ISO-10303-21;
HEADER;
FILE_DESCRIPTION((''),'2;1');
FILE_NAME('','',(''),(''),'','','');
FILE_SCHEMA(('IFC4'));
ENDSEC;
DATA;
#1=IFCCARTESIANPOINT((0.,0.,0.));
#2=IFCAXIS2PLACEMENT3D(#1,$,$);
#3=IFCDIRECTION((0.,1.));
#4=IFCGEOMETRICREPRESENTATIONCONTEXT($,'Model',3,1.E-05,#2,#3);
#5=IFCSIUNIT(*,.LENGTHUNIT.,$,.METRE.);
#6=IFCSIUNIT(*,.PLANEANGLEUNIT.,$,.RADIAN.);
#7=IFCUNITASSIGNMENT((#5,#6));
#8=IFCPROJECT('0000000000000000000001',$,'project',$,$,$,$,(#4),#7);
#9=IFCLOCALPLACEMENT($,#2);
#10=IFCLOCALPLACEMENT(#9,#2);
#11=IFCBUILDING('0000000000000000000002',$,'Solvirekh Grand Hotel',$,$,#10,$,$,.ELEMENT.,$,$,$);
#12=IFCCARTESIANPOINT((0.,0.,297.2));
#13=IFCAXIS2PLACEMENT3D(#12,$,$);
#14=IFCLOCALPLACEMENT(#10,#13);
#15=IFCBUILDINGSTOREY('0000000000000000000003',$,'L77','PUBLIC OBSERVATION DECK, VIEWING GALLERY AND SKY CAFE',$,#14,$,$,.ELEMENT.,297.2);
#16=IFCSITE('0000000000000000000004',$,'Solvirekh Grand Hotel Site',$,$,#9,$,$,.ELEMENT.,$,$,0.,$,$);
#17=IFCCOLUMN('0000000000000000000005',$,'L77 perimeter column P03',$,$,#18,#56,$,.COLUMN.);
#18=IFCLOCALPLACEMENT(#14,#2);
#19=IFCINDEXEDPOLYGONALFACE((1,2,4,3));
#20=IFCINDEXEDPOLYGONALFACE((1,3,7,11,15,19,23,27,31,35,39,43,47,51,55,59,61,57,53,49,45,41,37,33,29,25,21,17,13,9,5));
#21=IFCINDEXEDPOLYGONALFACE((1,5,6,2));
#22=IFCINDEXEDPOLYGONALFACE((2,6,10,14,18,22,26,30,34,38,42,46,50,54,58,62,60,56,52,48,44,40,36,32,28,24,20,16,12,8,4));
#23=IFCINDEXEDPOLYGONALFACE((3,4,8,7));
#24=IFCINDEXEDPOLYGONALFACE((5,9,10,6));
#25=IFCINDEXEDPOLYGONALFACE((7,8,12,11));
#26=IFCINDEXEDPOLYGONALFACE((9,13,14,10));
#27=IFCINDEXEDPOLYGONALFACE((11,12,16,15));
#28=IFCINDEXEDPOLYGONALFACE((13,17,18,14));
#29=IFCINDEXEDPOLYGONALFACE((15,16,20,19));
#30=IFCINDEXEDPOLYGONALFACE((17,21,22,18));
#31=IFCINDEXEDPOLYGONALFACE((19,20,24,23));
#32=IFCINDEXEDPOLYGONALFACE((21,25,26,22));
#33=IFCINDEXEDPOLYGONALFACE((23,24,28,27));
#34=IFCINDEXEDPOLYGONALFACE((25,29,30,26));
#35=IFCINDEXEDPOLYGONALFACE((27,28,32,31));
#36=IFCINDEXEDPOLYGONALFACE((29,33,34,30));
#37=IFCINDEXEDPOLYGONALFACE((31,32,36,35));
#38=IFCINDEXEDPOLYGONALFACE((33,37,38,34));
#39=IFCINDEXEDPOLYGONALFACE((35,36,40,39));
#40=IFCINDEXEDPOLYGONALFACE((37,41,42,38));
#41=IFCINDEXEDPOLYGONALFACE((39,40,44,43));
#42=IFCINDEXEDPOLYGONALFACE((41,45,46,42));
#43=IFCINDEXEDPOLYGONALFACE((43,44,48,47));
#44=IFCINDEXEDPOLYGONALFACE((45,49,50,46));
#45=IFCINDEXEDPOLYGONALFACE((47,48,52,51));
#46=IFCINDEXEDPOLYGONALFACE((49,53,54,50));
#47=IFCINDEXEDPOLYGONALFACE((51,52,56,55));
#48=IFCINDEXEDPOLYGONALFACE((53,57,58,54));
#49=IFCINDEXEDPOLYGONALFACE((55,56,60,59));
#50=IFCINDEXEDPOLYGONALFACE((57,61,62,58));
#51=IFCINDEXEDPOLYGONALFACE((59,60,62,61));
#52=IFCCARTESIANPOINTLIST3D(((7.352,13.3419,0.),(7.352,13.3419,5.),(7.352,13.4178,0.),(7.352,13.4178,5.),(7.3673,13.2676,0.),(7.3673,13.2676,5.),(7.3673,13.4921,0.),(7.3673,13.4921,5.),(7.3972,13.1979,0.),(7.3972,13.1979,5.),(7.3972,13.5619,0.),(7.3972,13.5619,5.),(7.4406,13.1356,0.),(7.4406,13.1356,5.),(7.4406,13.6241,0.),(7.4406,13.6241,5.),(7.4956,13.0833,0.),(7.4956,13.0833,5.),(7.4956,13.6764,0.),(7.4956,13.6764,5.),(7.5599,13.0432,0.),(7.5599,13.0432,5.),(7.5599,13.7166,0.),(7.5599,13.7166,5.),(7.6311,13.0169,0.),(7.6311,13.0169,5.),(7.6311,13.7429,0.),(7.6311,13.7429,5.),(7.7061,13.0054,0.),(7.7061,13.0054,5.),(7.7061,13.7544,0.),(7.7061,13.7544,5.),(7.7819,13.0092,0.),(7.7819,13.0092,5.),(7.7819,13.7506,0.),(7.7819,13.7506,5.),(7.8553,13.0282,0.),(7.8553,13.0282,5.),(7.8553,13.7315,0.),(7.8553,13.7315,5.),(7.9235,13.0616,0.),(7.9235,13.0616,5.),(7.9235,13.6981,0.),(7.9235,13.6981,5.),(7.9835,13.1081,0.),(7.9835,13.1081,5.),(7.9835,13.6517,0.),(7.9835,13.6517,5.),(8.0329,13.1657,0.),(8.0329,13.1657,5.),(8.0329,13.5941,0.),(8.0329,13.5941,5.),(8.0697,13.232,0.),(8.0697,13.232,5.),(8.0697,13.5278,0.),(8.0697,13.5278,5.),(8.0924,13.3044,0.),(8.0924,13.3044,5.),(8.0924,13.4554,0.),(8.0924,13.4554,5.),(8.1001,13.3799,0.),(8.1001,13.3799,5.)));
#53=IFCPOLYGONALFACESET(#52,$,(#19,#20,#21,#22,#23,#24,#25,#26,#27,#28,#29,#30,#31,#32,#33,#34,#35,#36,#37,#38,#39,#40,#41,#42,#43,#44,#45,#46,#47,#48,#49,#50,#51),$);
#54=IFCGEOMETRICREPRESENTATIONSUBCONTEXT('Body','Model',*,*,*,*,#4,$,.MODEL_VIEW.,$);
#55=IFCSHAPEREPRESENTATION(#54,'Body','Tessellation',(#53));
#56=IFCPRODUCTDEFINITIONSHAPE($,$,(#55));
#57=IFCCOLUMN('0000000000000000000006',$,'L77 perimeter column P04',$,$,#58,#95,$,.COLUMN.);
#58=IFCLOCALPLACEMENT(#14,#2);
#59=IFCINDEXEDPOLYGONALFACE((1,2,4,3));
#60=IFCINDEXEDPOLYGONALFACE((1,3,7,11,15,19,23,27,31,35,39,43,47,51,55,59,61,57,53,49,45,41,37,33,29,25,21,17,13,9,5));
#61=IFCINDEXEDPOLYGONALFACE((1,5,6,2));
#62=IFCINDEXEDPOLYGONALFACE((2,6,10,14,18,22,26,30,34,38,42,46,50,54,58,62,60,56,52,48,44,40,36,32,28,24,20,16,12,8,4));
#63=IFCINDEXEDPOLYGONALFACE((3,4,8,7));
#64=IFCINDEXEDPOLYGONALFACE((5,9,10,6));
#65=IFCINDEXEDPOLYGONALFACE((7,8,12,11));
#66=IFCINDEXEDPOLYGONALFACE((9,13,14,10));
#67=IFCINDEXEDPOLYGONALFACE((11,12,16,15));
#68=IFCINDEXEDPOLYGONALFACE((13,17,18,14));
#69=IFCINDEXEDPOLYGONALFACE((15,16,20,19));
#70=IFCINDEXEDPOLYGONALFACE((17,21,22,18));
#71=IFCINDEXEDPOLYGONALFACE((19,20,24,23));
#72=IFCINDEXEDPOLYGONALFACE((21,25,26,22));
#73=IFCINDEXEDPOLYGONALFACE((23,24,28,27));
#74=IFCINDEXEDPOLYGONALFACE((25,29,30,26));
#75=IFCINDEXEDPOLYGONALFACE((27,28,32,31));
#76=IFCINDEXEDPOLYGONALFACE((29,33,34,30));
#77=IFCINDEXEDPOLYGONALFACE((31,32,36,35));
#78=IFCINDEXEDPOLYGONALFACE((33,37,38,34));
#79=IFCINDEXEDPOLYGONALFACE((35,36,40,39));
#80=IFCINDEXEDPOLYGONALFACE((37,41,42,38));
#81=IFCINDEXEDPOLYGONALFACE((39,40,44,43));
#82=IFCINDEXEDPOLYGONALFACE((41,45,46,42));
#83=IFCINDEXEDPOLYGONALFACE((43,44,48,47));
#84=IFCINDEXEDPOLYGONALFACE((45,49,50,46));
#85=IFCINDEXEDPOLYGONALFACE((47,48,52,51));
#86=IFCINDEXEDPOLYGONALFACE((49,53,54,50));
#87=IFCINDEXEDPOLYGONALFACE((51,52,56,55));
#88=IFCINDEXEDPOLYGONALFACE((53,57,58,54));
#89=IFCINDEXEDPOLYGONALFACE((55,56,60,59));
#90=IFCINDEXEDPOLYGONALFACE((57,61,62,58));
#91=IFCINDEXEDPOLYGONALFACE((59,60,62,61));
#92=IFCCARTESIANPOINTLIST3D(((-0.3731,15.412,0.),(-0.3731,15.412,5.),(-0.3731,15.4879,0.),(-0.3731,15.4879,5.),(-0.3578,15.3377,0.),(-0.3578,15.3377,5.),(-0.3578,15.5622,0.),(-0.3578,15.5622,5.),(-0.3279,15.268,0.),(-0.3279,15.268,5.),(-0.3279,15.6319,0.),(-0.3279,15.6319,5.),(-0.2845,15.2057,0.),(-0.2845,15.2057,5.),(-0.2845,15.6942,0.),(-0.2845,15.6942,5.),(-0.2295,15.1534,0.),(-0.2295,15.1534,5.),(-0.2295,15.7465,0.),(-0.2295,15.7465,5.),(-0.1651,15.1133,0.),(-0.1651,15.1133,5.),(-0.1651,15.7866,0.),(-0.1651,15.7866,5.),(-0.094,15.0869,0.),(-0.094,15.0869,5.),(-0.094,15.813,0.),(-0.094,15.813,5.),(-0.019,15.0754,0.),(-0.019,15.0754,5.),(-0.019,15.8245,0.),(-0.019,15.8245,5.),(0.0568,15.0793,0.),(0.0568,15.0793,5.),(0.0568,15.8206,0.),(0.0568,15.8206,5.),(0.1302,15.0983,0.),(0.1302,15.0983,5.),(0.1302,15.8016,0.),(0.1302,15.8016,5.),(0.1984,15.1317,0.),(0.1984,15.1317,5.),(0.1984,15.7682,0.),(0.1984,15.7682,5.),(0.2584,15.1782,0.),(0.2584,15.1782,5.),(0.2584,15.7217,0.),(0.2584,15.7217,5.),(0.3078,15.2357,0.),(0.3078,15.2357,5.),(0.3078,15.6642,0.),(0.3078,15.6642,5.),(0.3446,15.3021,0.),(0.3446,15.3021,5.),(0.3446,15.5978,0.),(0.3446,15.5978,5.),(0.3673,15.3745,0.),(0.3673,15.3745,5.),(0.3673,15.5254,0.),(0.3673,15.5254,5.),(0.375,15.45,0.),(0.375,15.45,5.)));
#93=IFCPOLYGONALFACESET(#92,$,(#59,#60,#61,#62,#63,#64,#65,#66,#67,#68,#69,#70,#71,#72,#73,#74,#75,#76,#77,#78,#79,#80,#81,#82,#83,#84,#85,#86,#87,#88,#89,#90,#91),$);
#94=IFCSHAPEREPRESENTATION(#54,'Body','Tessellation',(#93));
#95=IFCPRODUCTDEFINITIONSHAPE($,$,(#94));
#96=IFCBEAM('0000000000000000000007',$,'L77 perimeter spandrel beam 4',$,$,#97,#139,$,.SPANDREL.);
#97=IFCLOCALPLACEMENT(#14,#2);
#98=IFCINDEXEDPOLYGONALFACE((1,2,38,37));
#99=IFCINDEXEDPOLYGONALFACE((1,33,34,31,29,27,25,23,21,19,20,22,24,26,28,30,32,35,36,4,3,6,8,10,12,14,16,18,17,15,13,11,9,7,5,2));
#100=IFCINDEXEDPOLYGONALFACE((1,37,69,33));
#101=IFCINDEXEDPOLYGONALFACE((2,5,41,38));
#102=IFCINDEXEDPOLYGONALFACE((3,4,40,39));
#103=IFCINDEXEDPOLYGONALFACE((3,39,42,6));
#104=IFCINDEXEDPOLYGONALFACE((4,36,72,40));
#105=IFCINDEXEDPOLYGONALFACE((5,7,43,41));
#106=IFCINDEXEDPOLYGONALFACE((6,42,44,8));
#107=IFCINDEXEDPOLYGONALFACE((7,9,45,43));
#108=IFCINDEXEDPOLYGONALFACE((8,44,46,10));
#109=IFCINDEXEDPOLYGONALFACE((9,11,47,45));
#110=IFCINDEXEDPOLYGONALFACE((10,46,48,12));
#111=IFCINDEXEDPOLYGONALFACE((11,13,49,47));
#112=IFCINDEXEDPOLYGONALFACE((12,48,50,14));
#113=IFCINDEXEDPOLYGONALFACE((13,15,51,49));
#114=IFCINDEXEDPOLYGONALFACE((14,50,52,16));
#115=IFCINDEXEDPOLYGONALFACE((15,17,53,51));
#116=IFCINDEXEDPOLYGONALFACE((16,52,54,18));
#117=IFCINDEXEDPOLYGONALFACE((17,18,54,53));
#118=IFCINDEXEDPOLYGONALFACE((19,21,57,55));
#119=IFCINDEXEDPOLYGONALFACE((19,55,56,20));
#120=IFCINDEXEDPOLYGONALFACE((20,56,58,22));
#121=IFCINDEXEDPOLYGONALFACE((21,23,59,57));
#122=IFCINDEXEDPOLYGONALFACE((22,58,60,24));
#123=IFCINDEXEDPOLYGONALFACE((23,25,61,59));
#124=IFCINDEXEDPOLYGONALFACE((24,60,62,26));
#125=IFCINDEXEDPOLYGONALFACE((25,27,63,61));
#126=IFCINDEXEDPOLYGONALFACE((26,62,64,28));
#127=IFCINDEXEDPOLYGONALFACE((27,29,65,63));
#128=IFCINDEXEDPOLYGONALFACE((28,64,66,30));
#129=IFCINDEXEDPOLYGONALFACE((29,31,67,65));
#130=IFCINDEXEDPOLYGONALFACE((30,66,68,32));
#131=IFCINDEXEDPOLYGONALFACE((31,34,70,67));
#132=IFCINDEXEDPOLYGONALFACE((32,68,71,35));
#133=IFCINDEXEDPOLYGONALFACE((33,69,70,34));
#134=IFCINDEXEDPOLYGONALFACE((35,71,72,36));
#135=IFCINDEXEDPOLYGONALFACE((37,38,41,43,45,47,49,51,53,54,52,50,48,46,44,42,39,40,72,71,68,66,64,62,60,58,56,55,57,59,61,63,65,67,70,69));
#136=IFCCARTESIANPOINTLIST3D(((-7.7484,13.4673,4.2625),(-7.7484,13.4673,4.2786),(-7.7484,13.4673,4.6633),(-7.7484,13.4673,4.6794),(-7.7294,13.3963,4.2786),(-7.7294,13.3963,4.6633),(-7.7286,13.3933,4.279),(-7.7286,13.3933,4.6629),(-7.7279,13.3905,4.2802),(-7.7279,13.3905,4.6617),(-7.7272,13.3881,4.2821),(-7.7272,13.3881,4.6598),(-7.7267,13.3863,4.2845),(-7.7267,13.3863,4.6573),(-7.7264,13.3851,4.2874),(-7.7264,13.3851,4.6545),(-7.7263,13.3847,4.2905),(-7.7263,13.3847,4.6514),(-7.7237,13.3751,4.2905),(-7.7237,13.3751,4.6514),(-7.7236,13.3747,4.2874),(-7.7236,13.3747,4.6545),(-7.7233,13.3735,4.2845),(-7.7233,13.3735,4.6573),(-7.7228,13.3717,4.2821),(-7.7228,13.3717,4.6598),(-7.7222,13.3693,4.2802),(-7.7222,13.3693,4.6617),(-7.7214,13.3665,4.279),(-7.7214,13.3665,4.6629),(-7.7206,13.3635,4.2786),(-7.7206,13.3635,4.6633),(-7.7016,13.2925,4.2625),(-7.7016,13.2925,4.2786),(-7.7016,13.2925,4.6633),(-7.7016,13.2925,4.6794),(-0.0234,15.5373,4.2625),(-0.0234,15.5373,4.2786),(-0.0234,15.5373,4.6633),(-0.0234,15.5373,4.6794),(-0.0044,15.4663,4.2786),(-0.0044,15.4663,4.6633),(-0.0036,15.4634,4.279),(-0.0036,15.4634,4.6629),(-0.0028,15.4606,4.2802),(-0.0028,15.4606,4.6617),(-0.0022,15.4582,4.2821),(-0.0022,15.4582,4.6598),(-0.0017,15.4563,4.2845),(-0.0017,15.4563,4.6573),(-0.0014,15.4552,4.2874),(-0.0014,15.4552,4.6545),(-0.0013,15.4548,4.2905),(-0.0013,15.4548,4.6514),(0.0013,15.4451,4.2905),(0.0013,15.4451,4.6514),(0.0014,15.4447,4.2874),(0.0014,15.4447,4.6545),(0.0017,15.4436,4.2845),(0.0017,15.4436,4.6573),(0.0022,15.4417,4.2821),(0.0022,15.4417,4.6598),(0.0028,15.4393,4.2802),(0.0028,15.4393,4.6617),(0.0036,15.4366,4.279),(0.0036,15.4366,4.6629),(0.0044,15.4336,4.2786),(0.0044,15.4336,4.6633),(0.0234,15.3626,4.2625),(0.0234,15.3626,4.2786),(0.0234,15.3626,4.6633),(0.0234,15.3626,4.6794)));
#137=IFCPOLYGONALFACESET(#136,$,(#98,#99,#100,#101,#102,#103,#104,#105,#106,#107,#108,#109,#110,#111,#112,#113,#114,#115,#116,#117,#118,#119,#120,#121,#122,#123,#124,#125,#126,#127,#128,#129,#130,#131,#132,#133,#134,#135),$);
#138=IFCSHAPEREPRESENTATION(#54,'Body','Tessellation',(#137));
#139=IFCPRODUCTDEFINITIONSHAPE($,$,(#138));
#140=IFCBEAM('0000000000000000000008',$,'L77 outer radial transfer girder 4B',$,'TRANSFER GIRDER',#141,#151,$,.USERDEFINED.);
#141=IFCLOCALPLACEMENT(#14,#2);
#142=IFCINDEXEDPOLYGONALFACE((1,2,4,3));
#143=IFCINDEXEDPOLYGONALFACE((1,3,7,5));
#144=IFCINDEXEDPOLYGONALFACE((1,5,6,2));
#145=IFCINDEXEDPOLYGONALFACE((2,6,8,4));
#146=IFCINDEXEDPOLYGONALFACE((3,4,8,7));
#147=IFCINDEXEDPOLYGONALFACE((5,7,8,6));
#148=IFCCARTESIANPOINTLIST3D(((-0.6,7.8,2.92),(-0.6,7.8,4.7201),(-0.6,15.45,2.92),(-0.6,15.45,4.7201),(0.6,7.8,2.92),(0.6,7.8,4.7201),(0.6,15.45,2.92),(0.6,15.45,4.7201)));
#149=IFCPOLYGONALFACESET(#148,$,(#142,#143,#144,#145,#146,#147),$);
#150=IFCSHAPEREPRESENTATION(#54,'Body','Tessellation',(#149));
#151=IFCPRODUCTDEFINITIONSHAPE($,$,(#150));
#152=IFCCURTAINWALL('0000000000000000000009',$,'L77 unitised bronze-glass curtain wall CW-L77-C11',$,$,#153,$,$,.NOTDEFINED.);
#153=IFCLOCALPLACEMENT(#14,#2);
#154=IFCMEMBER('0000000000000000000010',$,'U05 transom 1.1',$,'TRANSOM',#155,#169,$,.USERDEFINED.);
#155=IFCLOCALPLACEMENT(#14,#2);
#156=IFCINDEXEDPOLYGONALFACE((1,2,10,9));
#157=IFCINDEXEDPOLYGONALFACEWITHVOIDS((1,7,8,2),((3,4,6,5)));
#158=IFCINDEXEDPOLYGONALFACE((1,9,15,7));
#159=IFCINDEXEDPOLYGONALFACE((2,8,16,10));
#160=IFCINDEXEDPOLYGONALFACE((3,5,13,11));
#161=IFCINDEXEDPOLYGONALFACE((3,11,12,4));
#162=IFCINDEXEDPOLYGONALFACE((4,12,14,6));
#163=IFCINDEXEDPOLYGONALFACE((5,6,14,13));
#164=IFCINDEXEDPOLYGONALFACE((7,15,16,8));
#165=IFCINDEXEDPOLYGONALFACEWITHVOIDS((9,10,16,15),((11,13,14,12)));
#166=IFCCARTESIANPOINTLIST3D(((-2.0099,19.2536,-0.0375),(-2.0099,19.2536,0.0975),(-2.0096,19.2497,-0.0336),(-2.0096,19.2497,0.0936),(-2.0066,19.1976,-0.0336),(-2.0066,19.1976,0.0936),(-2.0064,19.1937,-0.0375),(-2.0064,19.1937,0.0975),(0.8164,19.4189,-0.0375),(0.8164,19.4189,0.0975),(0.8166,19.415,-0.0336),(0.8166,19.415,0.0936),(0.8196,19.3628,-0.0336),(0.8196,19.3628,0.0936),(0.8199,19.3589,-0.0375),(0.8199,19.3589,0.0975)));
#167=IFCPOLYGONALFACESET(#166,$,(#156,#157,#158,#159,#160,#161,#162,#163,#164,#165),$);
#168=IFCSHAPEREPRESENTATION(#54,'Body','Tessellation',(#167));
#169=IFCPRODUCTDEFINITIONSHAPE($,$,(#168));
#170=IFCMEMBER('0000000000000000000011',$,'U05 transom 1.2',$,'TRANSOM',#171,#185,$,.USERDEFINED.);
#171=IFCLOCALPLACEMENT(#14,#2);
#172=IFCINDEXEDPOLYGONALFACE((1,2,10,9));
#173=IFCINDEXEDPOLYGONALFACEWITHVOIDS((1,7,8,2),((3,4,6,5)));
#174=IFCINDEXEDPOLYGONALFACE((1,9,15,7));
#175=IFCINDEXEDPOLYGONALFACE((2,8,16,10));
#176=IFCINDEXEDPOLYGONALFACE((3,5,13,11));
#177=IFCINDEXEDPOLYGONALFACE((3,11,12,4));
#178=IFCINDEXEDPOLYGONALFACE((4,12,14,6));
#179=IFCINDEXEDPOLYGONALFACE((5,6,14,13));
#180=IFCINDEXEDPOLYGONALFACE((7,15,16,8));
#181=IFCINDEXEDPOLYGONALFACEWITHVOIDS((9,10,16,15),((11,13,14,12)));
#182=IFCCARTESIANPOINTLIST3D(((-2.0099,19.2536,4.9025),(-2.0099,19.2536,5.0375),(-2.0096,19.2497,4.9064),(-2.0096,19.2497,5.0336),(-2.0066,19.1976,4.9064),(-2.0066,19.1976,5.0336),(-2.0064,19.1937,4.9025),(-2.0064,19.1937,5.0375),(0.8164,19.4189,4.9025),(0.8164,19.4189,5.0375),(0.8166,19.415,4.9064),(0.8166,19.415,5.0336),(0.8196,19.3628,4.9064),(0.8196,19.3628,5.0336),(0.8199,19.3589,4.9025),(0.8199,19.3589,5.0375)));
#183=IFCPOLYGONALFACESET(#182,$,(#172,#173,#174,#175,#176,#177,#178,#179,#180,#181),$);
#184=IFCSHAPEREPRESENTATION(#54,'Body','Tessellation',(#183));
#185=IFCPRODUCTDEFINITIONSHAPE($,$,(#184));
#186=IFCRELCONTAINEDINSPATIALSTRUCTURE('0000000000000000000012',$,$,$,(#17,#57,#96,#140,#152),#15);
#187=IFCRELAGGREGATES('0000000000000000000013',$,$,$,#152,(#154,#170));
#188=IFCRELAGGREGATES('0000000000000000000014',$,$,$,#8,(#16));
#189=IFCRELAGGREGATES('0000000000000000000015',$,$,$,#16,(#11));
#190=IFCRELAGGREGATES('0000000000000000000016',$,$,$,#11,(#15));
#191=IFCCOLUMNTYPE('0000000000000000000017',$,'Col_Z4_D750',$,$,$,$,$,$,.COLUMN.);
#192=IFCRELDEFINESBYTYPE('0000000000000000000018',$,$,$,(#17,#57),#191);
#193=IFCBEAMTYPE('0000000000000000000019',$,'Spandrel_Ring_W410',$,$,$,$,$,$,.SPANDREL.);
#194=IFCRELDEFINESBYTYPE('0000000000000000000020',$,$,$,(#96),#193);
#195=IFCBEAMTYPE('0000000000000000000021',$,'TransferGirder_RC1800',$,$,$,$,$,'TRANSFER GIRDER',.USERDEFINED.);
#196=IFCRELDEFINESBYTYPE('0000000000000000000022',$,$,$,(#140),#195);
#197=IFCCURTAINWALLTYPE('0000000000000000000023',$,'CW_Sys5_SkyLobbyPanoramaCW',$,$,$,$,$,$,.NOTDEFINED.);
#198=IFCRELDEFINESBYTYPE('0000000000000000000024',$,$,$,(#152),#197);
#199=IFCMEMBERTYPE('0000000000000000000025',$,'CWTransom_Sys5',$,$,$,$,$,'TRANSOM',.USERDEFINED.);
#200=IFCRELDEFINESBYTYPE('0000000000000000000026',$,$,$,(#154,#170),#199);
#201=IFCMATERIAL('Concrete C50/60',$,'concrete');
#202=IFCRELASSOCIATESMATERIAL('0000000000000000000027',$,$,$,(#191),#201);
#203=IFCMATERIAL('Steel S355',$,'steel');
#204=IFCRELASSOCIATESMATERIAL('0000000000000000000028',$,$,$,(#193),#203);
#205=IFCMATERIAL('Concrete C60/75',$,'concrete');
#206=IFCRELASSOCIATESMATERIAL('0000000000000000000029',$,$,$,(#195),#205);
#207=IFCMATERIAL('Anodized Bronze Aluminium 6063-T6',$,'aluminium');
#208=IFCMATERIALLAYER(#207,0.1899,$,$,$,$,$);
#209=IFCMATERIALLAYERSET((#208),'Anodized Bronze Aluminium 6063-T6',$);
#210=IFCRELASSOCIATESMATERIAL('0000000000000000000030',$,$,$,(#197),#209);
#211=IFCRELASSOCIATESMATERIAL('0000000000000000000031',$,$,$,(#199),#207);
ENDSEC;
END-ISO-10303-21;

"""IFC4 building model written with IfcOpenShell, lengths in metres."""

from ifc_helpers import new_model, si_unit, direction, frame, origin, origin_2d, place, context, subcontext, project, spatial, rectangle, hollow_rectangle, circle, i_section, extrude, source, transform, mapped, material, layer, layer_set, material_profile, profile_set, type_object, element, aggregate, save


model = new_model("IFC4")

# Units and contexts
model_context = context("Model", 3, precision=1e-05, world=origin(), true_north=direction((0.0, 1.0)))
body_context = subcontext(model_context, "Body", "Model", "MODEL_VIEW")
ifc_project = project(units=[si_unit("LENGTHUNIT", "METRE"), si_unit("PLANEANGLEUNIT", "RADIAN")], contexts=[model_context])

# Site, building, storey
site_placement = place(None, origin())
site = spatial("IfcSite", under=ifc_project, at=site_placement, Name="Solvirekh Grand Hotel Site", CompositionType="ELEMENT", RefElevation=0.0)
building_placement = place(site_placement, origin())
building = spatial("IfcBuilding", under=site, at=building_placement, Name="Solvirekh Grand Hotel", CompositionType="ELEMENT")
storey_placement = place(building_placement, frame((0.0, 0.0, 297.2)))
storey = spatial("IfcBuildingStorey", under=building, at=storey_placement, Name="L77", Description="PUBLIC OBSERVATION DECK, VIEWING GALLERY AND SKY CAFE", CompositionType="ELEMENT", Elevation=297.2)

# Columns
ifc_material_1 = material(Name="Concrete C50/60", Category="concrete")
ifc_material_profile_1 = material_profile(ifc_material_1, circle(Radius=0.375, at=origin_2d()), Name="RC CIRC D750")
ifc_profile_set_1 = profile_set([ifc_material_profile_1], Name="Concrete C50/60")
column_type = type_object("IfcColumnType", Name="Col_Z4_D750", PredefinedType="COLUMN", material=ifc_profile_set_1)
for number, where, z_axis, x_axis, name in (
    (1, (7.7251, 13.3799, 0.0), (0.0, 0.0, 1.0), (1.0, 0.0, 0.0), "L77 perimeter column P03"),
    (2, (0.0, 15.45, 0.0), (0.0, 0.0, 1.0), (1.0, 0.0, 0.0), "L77 perimeter column P04"),
):
    element("IfcColumn", number, at=place(storey_placement, frame(where, z_axis=z_axis, x_axis=x_axis)), inside=storey, type_object=column_type, Name=name, PredefinedType="COLUMN", context=body_context, shape_type="SweptSolid", body=[
        extrude(circle(Radius=0.375, at=origin_2d()), origin(), (0.0, 0.0, 1.0), 5.0),
    ])

# Beams
ifc_material_2 = material(Name="Steel S355", Category="steel")
ifc_material_profile_2 = material_profile(ifc_material_2, i_section(OverallWidth=0.1809, OverallDepth=0.417, WebThickness=0.01, FlangeThickness=0.0161, FilletRadius=0.012, at=origin_2d()), Name="W410X85")
ifc_profile_set_2 = profile_set([ifc_material_profile_2], Name="Steel S355")
beam_type_1 = type_object("IfcBeamType", Name="Spandrel_Ring_W410", PredefinedType="SPANDREL", material=ifc_profile_set_2)
beam_1_placement = place(storey_placement, frame((0.0, 15.45, 4.4709), z_axis=(-0.965922, -0.258835, 0.0), x_axis=(0.258835, -0.965922, 0.0)))
element("IfcBeam", 3, at=beam_1_placement, inside=storey, type_object=beam_type_1, Name="L77 perimeter spandrel beam 4", PredefinedType="SPANDREL", context=body_context, shape_type="SweptSolid", body=[
    extrude(i_section(OverallWidth=0.1809, OverallDepth=0.417, WebThickness=0.01, FlangeThickness=0.0161, FilletRadius=0.012, at=origin_2d()), origin(), (0.0, 0.0, 1.0), 7.9976),
])
ifc_material_3 = material(Name="Concrete C60/75", Category="concrete")
ifc_material_profile_3 = material_profile(ifc_material_3, rectangle(XDim=1.2, YDim=1.8, at=origin_2d()), Name="RC GIRDER 1200X1800")
ifc_profile_set_3 = profile_set([ifc_material_profile_3], Name="Concrete C60/75")
beam_type_2 = type_object("IfcBeamType", Name="TransferGirder_RC1800", ElementType="TRANSFER GIRDER", PredefinedType="USERDEFINED", material=ifc_profile_set_3)
beam_2_placement = place(storey_placement, frame((0.0, 7.8, 3.8201), z_axis=(0.0, 1.0, 0.0), x_axis=(-1.0, 0.0, 0.0)))
element("IfcBeam", 4, at=beam_2_placement, inside=storey, type_object=beam_type_2, Name="L77 outer radial transfer girder 4B", ObjectType="TRANSFER GIRDER", PredefinedType="USERDEFINED", context=body_context, shape_type="SweptSolid", body=[
    extrude(rectangle(XDim=1.2, YDim=1.8, at=origin_2d()), origin(), (0.0, 0.0, 1.0), 7.6499),
])

# Curtain wall, members
ifc_material_4 = material(Name="Anodized Bronze Aluminium 6063-T6", Category="aluminium")
ifc_layer_1 = layer(ifc_material_4, 0.1899)
ifc_layer_set_1 = layer_set([ifc_layer_1], Name="Anodized Bronze Aluminium 6063-T6")
curtain_wall_type = type_object("IfcCurtainWallType", Name="CW_Sys5_SkyLobbyPanoramaCW", PredefinedType="NOTDEFINED", material=ifc_layer_set_1)
curtain_wall_1_placement = place(storey_placement, origin())
curtain_wall_1 = element("IfcCurtainWall", 5, at=curtain_wall_1_placement, inside=storey, type_object=curtain_wall_type, Name="L77 unitised bronze-glass curtain wall CW-L77-C11", PredefinedType="NOTDEFINED")
ifc_material_profile_4 = material_profile(ifc_material_4, hollow_rectangle(XDim=0.0601, YDim=0.135, WallThickness=0.0039, at=origin_2d()), Name="ALU RHS 135X60X4")
ifc_profile_set_4 = profile_set([ifc_material_profile_4], Name="Anodized Bronze Aluminium 6063-T6")
member_type_1 = type_object("IfcMemberType", Name="CWTransom_Sys5", ElementType="TRANSOM", PredefinedType="USERDEFINED", material=ifc_profile_set_4)
shared_shape_1 = source(origin(), body_context, "Body", "SweptSolid", [
    extrude(hollow_rectangle(XDim=0.0601, YDim=0.135, WallThickness=0.0039, at=origin_2d()), origin(), (0.0, 0.0, 1.0), 2.8311),
])
member_1_placement = place(storey_placement, frame((0.8181, 19.3889, 0.03), z_axis=(-0.998294, -0.058383, 0.0), x_axis=(0.058383, -0.998294, 0.0)))
member_1 = element("IfcMember", 6, at=member_1_placement, type_object=member_type_1, Name="U05 transom 1.1", ObjectType="TRANSOM", PredefinedType="USERDEFINED", context=body_context, shape_type="MappedRepresentation", body=[
    mapped(shared_shape_1, transform((0.0, 0.0, 0.0), x_axis=(1.0, 0.0, 0.0), y_axis=(0.0, 1.0, 0.0), z_axis=(0.0, 0.0, 1.0), scale=1.0)),
])
member_2_placement = place(storey_placement, frame((0.8181, 19.3889, 4.97), z_axis=(-0.998294, -0.058383, 0.0), x_axis=(0.058383, -0.998294, 0.0)))
member_2 = element("IfcMember", 7, at=member_2_placement, type_object=member_type_1, Name="U05 transom 1.2", ObjectType="TRANSOM", PredefinedType="USERDEFINED", context=body_context, shape_type="MappedRepresentation", body=[
    mapped(shared_shape_1, transform((0.0, 0.0, 0.0), x_axis=(1.0, 0.0, 0.0), y_axis=(0.0, 1.0, 0.0), z_axis=(0.0, 0.0, 1.0), scale=1.0)),
])

aggregate(curtain_wall_1, [member_1, member_2])

save(model, "model.ifc")
